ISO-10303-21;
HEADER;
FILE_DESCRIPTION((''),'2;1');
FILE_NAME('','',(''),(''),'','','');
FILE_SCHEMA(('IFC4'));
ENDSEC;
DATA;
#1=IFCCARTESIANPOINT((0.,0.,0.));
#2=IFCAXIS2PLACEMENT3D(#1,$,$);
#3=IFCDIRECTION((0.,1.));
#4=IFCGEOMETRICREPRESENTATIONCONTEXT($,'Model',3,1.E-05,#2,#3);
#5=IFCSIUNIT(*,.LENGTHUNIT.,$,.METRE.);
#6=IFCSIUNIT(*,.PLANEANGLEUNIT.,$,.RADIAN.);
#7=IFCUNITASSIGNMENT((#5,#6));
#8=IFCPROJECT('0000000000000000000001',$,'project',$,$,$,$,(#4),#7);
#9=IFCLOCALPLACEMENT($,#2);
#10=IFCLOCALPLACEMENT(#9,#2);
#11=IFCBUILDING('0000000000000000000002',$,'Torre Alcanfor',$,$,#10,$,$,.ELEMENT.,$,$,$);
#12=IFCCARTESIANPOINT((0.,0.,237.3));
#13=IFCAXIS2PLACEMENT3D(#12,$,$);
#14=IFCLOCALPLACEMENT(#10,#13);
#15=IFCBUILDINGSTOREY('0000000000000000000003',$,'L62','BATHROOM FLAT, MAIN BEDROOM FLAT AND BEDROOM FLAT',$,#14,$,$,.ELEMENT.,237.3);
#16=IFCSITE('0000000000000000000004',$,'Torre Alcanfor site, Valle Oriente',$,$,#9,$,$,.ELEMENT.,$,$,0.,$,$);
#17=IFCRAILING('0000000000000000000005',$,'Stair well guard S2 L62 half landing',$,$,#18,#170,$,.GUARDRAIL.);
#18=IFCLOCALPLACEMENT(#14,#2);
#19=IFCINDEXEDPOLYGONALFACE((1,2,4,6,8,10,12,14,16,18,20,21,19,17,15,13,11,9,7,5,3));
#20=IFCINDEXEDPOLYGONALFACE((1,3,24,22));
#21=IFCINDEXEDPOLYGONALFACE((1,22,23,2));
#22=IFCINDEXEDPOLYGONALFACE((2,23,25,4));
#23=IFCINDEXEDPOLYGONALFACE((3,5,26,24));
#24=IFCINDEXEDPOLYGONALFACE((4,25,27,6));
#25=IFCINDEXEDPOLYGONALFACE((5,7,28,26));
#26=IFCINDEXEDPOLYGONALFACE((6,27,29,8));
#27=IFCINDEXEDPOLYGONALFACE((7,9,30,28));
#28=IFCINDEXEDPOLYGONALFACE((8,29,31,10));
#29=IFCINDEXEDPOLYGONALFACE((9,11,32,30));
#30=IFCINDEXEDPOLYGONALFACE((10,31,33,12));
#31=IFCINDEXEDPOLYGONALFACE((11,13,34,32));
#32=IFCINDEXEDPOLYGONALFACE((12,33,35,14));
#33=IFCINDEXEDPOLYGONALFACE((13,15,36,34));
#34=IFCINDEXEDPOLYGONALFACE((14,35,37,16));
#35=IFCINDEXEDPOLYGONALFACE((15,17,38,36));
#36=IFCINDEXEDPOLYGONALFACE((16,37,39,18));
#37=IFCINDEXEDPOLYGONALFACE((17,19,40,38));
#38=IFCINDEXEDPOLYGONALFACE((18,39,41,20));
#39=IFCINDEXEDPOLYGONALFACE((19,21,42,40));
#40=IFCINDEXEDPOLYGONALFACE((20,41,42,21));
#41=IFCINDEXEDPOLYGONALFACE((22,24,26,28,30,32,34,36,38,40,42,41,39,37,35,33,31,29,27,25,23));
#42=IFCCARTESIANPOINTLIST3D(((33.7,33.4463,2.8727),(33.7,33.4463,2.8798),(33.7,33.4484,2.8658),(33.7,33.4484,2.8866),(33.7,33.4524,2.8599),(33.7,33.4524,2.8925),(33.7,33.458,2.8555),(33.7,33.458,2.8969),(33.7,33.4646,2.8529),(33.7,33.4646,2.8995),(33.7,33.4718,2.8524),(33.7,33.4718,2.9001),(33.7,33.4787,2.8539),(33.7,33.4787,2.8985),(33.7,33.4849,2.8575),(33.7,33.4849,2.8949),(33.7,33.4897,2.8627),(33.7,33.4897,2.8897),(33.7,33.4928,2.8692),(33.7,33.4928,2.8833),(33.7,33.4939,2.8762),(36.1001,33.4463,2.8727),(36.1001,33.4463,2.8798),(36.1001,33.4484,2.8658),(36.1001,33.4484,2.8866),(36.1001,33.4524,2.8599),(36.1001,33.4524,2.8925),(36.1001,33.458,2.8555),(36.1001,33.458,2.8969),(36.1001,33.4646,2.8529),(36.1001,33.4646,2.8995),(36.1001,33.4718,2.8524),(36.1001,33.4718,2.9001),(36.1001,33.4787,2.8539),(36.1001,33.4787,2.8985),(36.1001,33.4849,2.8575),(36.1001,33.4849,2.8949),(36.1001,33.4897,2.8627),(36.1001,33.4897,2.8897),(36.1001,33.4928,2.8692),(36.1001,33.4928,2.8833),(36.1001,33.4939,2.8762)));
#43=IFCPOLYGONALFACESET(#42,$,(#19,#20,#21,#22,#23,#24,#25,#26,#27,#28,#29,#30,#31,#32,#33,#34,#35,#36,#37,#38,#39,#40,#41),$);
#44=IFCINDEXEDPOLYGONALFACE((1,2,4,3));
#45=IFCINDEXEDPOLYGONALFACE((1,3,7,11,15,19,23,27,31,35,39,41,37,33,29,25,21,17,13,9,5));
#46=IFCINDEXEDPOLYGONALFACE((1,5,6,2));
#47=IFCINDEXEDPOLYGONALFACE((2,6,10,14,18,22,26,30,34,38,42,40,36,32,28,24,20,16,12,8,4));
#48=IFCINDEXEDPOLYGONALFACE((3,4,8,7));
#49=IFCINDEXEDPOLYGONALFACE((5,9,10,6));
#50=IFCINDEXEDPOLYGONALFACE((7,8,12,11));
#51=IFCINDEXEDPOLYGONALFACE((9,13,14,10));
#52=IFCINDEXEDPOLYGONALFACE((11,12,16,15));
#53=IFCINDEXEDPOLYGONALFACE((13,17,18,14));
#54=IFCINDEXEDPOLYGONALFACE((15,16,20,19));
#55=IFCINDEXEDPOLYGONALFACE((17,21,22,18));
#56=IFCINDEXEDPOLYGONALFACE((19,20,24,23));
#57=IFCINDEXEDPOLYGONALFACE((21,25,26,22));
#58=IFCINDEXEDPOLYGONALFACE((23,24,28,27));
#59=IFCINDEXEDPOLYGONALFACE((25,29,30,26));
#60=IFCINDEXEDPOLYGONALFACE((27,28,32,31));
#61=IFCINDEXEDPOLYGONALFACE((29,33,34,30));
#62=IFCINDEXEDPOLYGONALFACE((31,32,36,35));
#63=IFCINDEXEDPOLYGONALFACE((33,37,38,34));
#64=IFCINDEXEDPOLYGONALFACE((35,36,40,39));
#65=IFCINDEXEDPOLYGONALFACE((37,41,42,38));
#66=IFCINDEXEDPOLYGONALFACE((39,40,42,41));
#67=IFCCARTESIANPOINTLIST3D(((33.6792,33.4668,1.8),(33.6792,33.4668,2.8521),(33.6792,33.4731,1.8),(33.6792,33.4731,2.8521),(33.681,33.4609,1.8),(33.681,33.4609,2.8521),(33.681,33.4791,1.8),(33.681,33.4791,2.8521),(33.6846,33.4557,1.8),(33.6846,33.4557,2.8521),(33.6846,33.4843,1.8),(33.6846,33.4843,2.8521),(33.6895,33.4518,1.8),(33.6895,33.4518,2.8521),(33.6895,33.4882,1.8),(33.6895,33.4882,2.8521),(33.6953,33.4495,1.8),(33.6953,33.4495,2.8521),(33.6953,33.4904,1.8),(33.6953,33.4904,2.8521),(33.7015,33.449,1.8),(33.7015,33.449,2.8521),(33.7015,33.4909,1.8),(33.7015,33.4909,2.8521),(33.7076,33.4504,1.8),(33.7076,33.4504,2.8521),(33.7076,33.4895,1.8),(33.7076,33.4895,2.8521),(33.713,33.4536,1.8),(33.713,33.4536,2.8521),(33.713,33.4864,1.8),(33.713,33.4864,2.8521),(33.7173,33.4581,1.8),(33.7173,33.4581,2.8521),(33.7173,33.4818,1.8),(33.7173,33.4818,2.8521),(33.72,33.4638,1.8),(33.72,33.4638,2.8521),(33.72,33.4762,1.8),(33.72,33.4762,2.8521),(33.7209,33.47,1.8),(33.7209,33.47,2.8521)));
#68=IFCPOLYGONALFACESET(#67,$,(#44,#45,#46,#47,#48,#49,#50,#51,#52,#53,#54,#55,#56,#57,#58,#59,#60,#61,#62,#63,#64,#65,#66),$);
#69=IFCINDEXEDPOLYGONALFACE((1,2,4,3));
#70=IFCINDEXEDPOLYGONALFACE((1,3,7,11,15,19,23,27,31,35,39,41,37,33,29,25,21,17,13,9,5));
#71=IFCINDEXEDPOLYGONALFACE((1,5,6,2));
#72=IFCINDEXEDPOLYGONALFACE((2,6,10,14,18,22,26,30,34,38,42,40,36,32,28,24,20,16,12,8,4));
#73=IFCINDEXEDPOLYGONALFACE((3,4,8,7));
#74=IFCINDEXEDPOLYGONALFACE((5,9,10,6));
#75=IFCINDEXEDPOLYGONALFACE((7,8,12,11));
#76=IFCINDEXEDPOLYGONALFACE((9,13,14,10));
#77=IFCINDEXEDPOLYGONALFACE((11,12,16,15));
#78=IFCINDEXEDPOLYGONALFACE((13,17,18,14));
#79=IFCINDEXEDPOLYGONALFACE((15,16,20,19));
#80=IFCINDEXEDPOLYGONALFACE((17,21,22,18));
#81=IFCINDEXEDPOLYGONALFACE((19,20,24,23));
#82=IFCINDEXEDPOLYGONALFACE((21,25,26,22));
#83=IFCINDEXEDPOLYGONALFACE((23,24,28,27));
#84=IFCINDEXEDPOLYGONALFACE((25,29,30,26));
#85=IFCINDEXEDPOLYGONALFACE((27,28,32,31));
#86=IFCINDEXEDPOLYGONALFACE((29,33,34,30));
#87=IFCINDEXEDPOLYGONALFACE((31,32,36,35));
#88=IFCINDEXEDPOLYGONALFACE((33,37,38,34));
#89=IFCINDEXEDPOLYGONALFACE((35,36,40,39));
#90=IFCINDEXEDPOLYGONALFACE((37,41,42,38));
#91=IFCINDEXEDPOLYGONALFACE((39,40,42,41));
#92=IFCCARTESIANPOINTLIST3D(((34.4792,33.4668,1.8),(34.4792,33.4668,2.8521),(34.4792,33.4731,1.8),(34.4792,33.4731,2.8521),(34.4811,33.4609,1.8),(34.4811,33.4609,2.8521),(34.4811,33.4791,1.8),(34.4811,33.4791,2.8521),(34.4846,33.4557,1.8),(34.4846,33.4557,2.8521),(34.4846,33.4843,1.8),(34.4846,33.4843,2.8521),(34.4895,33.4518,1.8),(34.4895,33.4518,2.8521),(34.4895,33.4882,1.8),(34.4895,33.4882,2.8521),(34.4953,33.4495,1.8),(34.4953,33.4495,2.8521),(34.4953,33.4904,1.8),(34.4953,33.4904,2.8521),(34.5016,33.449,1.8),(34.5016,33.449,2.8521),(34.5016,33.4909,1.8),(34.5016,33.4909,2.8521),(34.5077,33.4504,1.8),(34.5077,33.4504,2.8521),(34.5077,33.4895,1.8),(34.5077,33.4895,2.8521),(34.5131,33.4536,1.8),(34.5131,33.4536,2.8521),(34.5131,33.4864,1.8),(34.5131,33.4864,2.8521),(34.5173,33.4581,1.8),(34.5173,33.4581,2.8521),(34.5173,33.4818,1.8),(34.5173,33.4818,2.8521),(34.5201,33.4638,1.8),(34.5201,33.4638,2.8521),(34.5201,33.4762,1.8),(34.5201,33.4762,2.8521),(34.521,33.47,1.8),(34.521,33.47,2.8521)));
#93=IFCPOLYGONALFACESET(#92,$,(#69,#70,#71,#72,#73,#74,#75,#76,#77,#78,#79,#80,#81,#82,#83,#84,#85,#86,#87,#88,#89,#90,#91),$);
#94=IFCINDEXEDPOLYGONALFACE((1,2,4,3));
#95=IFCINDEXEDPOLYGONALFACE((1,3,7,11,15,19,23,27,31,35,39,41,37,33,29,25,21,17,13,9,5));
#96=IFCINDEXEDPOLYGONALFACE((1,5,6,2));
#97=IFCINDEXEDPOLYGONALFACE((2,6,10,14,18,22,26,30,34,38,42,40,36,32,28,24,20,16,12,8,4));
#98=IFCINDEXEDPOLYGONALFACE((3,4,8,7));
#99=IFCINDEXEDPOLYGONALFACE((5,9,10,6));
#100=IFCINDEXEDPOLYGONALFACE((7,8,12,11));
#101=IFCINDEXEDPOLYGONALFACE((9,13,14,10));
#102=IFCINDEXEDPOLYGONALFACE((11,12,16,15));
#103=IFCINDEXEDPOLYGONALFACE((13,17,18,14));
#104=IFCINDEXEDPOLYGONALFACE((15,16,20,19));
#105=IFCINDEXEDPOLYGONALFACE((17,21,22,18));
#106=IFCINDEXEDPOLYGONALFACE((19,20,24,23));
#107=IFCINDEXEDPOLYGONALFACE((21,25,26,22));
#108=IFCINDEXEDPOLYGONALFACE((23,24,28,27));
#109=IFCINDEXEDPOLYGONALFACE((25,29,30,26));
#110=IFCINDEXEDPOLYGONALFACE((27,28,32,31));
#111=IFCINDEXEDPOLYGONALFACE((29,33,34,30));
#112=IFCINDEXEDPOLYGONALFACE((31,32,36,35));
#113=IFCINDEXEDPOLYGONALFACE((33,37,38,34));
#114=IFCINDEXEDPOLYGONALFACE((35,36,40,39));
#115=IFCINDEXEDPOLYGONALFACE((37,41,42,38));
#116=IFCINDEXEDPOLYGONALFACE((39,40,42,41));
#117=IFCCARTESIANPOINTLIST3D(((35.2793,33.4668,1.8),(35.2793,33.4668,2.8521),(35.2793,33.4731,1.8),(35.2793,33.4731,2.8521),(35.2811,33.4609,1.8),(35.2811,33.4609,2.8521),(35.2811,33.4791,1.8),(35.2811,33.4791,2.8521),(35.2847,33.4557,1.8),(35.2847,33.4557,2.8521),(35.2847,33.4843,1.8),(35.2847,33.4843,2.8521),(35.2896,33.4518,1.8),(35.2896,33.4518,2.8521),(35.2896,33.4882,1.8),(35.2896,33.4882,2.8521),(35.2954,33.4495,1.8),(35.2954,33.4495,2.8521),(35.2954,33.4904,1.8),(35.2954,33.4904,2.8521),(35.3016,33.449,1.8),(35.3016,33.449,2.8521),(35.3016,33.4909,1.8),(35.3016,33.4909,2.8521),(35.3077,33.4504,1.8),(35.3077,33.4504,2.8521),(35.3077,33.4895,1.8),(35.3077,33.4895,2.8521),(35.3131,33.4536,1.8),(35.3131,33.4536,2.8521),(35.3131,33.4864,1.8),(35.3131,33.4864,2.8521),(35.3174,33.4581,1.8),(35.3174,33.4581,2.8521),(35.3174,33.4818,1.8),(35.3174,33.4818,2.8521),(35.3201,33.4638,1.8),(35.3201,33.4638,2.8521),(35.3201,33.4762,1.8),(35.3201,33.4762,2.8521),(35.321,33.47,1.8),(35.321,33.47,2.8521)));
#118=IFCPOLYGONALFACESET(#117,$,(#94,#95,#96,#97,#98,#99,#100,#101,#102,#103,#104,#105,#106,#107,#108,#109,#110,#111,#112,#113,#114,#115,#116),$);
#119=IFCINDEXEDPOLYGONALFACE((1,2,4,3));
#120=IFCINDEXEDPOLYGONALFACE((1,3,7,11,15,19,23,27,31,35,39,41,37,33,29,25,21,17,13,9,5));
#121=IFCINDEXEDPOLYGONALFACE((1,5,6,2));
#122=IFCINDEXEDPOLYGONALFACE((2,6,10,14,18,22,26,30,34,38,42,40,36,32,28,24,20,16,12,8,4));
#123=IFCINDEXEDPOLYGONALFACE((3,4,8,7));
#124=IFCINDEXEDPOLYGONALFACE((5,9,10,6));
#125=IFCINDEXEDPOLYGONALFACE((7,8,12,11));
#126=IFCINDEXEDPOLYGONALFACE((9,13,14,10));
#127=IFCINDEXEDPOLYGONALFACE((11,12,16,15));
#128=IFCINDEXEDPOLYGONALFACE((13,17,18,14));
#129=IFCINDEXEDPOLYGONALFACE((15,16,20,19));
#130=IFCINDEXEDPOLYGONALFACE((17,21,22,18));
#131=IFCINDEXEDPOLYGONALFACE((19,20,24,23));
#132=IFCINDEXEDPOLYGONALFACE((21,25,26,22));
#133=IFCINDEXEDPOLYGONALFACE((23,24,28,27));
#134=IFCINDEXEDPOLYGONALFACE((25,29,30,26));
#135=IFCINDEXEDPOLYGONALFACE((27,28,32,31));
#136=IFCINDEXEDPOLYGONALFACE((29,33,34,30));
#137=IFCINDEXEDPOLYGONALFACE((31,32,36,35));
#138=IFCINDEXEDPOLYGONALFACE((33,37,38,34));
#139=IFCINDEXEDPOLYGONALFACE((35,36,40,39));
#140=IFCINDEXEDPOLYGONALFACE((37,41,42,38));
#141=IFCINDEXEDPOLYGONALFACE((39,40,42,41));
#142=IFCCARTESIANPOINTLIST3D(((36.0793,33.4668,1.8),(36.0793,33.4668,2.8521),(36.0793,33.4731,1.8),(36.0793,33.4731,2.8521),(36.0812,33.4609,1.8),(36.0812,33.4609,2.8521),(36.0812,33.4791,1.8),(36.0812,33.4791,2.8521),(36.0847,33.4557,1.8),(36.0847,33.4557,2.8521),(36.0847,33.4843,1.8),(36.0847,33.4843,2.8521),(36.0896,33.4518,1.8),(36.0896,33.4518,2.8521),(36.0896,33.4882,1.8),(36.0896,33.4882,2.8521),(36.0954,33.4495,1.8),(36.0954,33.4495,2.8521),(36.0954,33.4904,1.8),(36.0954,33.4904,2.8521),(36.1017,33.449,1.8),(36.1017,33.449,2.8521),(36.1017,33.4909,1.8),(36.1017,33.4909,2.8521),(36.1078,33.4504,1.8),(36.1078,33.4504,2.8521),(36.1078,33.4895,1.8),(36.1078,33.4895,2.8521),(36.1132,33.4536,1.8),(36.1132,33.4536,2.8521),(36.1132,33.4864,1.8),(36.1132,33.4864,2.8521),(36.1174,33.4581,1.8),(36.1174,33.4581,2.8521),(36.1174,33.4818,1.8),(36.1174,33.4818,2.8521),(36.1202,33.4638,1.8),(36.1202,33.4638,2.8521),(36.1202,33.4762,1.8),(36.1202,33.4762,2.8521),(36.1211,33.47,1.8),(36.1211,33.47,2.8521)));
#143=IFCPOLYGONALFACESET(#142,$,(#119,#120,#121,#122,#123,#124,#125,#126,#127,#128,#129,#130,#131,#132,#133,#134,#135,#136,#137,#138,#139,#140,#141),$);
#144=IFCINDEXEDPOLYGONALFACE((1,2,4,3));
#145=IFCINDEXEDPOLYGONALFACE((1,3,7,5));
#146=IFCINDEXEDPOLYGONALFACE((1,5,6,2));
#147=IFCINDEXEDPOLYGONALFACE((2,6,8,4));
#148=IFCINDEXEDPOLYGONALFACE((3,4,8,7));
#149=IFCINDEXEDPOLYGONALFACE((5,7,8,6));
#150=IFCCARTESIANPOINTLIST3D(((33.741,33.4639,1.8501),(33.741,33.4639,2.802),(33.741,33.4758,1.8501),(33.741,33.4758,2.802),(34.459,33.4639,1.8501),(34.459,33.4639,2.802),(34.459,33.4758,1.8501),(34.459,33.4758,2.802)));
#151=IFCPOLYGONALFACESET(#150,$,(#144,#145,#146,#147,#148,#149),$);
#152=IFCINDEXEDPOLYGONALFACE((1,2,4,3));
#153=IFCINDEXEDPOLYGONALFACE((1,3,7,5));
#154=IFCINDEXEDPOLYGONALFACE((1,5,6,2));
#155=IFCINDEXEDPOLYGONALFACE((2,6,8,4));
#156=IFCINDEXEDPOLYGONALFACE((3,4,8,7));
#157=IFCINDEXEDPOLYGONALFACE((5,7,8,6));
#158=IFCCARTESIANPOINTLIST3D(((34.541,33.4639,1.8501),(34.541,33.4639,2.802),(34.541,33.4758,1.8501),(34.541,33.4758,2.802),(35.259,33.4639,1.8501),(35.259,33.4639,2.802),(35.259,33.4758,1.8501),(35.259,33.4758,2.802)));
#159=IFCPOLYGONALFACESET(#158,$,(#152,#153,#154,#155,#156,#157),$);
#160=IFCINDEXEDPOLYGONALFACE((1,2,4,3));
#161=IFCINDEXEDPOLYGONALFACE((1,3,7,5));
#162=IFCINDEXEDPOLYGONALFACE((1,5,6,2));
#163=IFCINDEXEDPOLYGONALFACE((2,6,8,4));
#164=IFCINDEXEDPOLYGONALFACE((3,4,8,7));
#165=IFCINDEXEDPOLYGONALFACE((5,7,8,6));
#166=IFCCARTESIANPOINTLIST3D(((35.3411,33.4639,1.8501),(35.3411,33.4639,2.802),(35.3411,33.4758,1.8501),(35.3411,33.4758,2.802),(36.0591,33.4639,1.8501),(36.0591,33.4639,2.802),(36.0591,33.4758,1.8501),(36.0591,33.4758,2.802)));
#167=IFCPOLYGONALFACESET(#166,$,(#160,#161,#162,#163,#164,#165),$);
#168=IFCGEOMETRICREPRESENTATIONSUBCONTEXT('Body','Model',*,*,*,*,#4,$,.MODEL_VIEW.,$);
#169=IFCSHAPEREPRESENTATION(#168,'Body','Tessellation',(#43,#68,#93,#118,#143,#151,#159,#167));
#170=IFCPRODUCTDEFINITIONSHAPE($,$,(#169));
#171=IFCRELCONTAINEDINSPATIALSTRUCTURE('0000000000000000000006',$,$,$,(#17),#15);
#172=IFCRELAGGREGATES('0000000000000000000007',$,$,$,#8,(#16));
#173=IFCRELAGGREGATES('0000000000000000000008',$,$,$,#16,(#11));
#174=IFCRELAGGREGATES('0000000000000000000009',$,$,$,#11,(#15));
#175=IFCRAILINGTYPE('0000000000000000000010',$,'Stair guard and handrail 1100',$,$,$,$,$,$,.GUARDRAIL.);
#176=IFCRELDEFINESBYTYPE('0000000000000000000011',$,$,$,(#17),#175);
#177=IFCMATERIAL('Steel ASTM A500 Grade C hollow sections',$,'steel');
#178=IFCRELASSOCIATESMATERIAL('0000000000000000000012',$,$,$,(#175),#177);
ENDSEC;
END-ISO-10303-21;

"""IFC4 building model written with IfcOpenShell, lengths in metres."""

from ifc_helpers import new_model, si_unit, direction, frame, origin, origin_2d, place, context, subcontext, project, spatial, polyline, circle, outline, extrude, material, type_object, element, save


model = new_model("IFC4")

# Units and contexts
model_context = context("Model", 3, precision=1e-05, world=origin(), true_north=direction((0.0, 1.0)))
body_context = subcontext(model_context, "Body", "Model", "MODEL_VIEW")
ifc_project = project(units=[si_unit("LENGTHUNIT", "METRE"), si_unit("PLANEANGLEUNIT", "RADIAN")], contexts=[model_context])

# Site, building, storey
site_placement = place(None, origin())
site = spatial("IfcSite", under=ifc_project, at=site_placement, Name="Torre Alcanfor site, Valle Oriente", CompositionType="ELEMENT", RefElevation=0.0)
building_placement = place(site_placement, origin())
building = spatial("IfcBuilding", under=site, at=building_placement, Name="Torre Alcanfor", CompositionType="ELEMENT")
storey_placement = place(building_placement, frame((0.0, 0.0, 237.3)))
storey = spatial("IfcBuildingStorey", under=building, at=storey_placement, Name="L62", Description="BATHROOM FLAT, MAIN BEDROOM FLAT AND BEDROOM FLAT", CompositionType="ELEMENT", Elevation=237.3)

# Railing
ifc_material_1 = material(Name="Steel ASTM A500 Grade C hollow sections", Category="steel")
railing_type_1 = type_object("IfcRailingType", Name="Stair guard and handrail 1100", PredefinedType="GUARDRAIL", material=ifc_material_1)
for number, where, name in (
    (1, (33.7, 33.47, 1.8), "Stair well guard S2 L62 half landing"),
):
    element("IfcRailing", number, at=place(storey_placement, frame(where)), inside=storey, type_object=railing_type_1, Name=name, PredefinedType="GUARDRAIL", context=body_context, shape_type="SweptSolid", body=[
        extrude(circle(Radius=0.0239, at=origin_2d()), frame((0.0, 0.0, 1.0762), z_axis=(1.0, 0.0, 0.0), x_axis=(0.0, 1.0, 0.0)), (0.0, 0.0, 1.0), 2.4001),
        extrude(circle(Radius=0.021, at=origin_2d()), origin(), (0.0, 0.0, 1.0), 1.052),
        extrude(circle(Radius=0.021, at=origin_2d()), frame((0.8, 0.0, 0.0)), (0.0, 0.0, 1.0), 1.052),
        extrude(circle(Radius=0.021, at=origin_2d()), frame((1.6001, 0.0, 0.0)), (0.0, 0.0, 1.0), 1.052),
        extrude(circle(Radius=0.021, at=origin_2d()), frame((2.4001, 0.0, 0.0)), (0.0, 0.0, 1.0), 1.052),
        extrude(outline(polyline([(0.041, 0.05), (0.759, 0.05), (0.759, 1.002), (0.041, 1.002), (0.041, 0.05)])), frame((0.0, 0.0059, 0.0), z_axis=(0.0, -1.0, 0.0), x_axis=(1.0, 0.0, 0.0)), (0.0, 0.0, 1.0), 0.012),
        extrude(outline(polyline([(0.8411, 0.05), (1.5591, 0.05), (1.5591, 1.002), (0.8411, 1.002), (0.8411, 0.05)])), frame((0.0, 0.0059, 0.0), z_axis=(0.0, -1.0, 0.0), x_axis=(1.0, 0.0, 0.0)), (0.0, 0.0, 1.0), 0.012),
        extrude(outline(polyline([(1.6411, 0.05), (2.3591, 0.05), (2.3591, 1.002), (1.6411, 1.002), (1.6411, 0.05)])), frame((0.0, 0.0059, 0.0), z_axis=(0.0, -1.0, 0.0), x_axis=(1.0, 0.0, 0.0)), (0.0, 0.0, 1.0), 0.012),
    ])

save(model, "model.ifc")
